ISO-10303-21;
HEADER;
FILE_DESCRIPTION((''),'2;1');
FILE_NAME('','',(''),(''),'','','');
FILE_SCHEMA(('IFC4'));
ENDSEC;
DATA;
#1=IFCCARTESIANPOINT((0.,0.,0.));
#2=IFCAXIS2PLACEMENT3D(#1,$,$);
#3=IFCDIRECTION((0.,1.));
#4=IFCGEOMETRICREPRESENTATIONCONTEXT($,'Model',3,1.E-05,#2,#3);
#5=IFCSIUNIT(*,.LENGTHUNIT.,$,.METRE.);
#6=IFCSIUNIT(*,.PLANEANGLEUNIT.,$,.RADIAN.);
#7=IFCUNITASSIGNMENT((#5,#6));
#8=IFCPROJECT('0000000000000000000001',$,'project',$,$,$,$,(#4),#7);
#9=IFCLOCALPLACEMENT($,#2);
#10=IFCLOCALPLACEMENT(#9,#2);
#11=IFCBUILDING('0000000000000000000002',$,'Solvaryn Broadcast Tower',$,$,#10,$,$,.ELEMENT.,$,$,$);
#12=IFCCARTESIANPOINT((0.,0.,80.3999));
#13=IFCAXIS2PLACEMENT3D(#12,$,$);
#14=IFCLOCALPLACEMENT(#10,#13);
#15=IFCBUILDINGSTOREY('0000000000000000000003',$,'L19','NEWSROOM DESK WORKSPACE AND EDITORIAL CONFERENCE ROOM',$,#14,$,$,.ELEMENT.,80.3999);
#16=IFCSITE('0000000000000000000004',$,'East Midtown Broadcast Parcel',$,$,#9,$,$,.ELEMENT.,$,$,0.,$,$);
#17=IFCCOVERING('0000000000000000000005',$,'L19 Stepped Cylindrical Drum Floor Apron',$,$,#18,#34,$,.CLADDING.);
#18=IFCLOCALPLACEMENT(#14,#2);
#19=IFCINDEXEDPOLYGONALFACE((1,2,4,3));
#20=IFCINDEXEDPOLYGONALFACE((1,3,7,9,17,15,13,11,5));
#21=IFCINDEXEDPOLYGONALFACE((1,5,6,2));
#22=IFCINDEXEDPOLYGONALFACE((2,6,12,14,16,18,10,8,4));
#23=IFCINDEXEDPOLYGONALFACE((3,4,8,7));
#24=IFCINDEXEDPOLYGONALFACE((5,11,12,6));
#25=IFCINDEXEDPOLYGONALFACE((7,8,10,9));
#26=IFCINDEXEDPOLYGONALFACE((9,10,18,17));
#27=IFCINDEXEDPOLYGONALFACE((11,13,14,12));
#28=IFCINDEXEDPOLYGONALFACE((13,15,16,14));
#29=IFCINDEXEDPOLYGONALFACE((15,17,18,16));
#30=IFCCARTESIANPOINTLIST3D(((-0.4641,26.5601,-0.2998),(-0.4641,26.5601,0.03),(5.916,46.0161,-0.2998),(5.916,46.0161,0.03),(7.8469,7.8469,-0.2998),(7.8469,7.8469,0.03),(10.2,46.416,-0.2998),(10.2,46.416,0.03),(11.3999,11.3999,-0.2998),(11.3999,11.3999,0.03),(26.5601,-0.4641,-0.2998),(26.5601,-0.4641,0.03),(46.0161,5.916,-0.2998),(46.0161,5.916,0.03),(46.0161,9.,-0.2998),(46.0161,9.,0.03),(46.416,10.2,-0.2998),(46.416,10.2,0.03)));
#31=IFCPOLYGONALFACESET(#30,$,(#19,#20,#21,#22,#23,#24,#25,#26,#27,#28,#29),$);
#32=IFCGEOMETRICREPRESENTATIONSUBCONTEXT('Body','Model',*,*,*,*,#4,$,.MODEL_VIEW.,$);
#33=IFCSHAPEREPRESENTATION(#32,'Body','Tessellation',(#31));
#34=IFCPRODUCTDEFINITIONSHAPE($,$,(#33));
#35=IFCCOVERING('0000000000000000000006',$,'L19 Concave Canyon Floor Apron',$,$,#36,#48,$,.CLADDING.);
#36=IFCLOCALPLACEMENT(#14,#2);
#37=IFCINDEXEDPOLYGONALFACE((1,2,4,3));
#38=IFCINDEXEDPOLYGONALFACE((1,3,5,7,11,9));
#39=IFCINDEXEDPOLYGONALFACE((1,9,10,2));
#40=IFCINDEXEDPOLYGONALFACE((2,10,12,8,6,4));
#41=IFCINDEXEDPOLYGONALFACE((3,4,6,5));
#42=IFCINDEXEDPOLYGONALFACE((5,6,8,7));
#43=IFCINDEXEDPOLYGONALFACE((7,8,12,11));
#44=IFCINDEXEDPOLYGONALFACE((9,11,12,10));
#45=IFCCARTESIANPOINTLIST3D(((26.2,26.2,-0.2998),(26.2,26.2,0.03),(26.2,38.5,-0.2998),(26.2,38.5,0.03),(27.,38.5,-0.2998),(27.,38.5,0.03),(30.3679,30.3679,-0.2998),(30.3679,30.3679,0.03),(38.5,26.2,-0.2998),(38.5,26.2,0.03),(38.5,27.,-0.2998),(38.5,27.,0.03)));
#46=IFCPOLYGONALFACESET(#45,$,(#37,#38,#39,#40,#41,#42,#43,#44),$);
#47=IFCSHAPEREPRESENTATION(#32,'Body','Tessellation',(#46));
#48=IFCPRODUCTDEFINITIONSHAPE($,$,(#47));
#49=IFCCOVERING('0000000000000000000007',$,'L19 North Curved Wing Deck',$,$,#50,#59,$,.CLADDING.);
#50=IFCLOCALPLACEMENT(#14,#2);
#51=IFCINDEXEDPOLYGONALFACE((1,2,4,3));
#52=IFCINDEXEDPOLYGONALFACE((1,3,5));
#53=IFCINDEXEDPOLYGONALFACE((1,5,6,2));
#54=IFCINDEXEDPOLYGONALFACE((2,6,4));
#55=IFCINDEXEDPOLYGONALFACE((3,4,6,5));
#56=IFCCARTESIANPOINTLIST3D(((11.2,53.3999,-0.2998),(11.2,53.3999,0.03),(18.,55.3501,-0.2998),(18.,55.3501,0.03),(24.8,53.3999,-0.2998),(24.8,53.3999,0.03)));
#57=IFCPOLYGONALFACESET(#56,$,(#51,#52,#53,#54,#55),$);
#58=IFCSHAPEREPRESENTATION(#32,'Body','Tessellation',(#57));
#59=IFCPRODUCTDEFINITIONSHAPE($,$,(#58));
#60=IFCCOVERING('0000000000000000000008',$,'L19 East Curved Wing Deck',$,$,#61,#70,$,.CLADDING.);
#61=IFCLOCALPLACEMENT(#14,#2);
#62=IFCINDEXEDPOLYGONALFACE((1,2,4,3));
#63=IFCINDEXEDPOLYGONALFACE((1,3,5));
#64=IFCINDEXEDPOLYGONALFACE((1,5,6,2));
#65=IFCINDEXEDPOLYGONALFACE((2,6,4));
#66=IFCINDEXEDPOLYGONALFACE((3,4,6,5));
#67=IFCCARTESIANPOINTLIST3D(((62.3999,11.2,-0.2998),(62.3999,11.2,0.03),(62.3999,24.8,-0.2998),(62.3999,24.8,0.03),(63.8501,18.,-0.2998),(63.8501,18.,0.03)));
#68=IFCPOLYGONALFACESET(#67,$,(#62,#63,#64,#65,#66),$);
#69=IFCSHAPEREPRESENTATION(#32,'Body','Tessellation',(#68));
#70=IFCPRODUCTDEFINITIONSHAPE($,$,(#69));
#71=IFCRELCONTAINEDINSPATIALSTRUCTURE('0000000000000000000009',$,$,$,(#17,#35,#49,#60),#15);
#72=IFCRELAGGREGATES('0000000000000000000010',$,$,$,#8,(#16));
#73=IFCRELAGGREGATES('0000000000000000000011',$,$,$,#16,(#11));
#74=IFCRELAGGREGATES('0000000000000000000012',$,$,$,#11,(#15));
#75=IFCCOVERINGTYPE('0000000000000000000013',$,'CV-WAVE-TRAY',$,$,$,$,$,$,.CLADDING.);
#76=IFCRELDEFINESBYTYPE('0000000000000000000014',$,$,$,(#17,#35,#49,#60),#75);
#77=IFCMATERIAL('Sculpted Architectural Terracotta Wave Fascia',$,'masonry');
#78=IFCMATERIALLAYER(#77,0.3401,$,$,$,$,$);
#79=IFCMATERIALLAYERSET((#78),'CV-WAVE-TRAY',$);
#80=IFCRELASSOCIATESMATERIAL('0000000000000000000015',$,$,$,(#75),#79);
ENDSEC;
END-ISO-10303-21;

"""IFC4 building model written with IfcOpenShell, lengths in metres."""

from ifc_helpers import new_model, si_unit, direction, frame, origin, place, context, subcontext, project, spatial, polyline, outline, extrude, material, layer, layer_set, type_object, element, save


model = new_model("IFC4")

# Units and contexts
model_context = context("Model", 3, precision=1e-05, world=origin(), true_north=direction((0.0, 1.0)))
body_context = subcontext(model_context, "Body", "Model", "MODEL_VIEW")
ifc_project = project(units=[si_unit("LENGTHUNIT", "METRE"), si_unit("PLANEANGLEUNIT", "RADIAN")], contexts=[model_context])

# Site, building, storey
site_placement = place(None, origin())
site = spatial("IfcSite", under=ifc_project, at=site_placement, Name="East Midtown Broadcast Parcel", CompositionType="ELEMENT", RefElevation=0.0)
building_placement = place(site_placement, origin())
building = spatial("IfcBuilding", under=site, at=building_placement, Name="Solvaryn Broadcast Tower", CompositionType="ELEMENT")
storey_placement = place(building_placement, frame((0.0, 0.0, 80.3999)))
storey = spatial("IfcBuildingStorey", under=building, at=storey_placement, Name="L19", Description="NEWSROOM DESK WORKSPACE AND EDITORIAL CONFERENCE ROOM", CompositionType="ELEMENT", Elevation=80.3999)

# Coverings
ifc_material_1 = material(Name="Sculpted Architectural Terracotta Wave Fascia", Category="masonry")
ifc_layer_1 = layer(ifc_material_1, 0.3401)
ifc_layer_set_1 = layer_set([ifc_layer_1], Name="CV-WAVE-TRAY")
covering_type_1 = type_object("IfcCoveringType", Name="CV-WAVE-TRAY", PredefinedType="CLADDING", material=ifc_layer_set_1)
covering_1_placement = place(storey_placement, frame((0.0, 0.0, -0.2998)))
element("IfcCovering", 1, at=covering_1_placement, inside=storey, type_object=covering_type_1, Name="L19 Stepped Cylindrical Drum Floor Apron", PredefinedType="CLADDING", context=body_context, shape_type="SweptSolid", body=[
    extrude(outline(polyline([(10.2, 46.416), (5.916, 46.0161), (-0.4641, 26.5601), (7.8469, 7.8469), (26.5601, -0.4641), (46.0161, 5.916), (46.0161, 9.0), (46.416, 10.2), (11.3999, 11.3999), (10.2, 46.416)])), origin(), (0.0, 0.0, 1.0), 0.3298),
])
covering_2_placement = place(storey_placement, frame((0.0, 0.0, -0.2998)))
element("IfcCovering", 2, at=covering_2_placement, inside=storey, type_object=covering_type_1, Name="L19 Concave Canyon Floor Apron", PredefinedType="CLADDING", context=body_context, shape_type="SweptSolid", body=[
    extrude(outline(polyline([(26.2, 26.2), (38.5, 26.2), (38.5, 27.0), (30.3679, 30.3679), (27.0, 38.5), (26.2, 38.5), (26.2, 26.2)])), origin(), (0.0, 0.0, 1.0), 0.3298),
])
covering_3_placement = place(storey_placement, frame((0.0, 0.0, -0.2998)))
element("IfcCovering", 3, at=covering_3_placement, inside=storey, type_object=covering_type_1, Name="L19 North Curved Wing Deck", PredefinedType="CLADDING", context=body_context, shape_type="SweptSolid", body=[
    extrude(outline(polyline([(11.2, 53.3999), (24.8, 53.3999), (18.0, 55.3501), (11.2, 53.3999)])), origin(), (0.0, 0.0, 1.0), 0.3298),
])
covering_4_placement = place(storey_placement, frame((0.0, 0.0, -0.2998)))
element("IfcCovering", 4, at=covering_4_placement, inside=storey, type_object=covering_type_1, Name="L19 East Curved Wing Deck", PredefinedType="CLADDING", context=body_context, shape_type="SweptSolid", body=[
    extrude(outline(polyline([(62.3999, 11.2), (63.8501, 18.0), (62.3999, 24.8), (62.3999, 11.2)])), origin(), (0.0, 0.0, 1.0), 0.3298),
])

save(model, "model.ifc")
